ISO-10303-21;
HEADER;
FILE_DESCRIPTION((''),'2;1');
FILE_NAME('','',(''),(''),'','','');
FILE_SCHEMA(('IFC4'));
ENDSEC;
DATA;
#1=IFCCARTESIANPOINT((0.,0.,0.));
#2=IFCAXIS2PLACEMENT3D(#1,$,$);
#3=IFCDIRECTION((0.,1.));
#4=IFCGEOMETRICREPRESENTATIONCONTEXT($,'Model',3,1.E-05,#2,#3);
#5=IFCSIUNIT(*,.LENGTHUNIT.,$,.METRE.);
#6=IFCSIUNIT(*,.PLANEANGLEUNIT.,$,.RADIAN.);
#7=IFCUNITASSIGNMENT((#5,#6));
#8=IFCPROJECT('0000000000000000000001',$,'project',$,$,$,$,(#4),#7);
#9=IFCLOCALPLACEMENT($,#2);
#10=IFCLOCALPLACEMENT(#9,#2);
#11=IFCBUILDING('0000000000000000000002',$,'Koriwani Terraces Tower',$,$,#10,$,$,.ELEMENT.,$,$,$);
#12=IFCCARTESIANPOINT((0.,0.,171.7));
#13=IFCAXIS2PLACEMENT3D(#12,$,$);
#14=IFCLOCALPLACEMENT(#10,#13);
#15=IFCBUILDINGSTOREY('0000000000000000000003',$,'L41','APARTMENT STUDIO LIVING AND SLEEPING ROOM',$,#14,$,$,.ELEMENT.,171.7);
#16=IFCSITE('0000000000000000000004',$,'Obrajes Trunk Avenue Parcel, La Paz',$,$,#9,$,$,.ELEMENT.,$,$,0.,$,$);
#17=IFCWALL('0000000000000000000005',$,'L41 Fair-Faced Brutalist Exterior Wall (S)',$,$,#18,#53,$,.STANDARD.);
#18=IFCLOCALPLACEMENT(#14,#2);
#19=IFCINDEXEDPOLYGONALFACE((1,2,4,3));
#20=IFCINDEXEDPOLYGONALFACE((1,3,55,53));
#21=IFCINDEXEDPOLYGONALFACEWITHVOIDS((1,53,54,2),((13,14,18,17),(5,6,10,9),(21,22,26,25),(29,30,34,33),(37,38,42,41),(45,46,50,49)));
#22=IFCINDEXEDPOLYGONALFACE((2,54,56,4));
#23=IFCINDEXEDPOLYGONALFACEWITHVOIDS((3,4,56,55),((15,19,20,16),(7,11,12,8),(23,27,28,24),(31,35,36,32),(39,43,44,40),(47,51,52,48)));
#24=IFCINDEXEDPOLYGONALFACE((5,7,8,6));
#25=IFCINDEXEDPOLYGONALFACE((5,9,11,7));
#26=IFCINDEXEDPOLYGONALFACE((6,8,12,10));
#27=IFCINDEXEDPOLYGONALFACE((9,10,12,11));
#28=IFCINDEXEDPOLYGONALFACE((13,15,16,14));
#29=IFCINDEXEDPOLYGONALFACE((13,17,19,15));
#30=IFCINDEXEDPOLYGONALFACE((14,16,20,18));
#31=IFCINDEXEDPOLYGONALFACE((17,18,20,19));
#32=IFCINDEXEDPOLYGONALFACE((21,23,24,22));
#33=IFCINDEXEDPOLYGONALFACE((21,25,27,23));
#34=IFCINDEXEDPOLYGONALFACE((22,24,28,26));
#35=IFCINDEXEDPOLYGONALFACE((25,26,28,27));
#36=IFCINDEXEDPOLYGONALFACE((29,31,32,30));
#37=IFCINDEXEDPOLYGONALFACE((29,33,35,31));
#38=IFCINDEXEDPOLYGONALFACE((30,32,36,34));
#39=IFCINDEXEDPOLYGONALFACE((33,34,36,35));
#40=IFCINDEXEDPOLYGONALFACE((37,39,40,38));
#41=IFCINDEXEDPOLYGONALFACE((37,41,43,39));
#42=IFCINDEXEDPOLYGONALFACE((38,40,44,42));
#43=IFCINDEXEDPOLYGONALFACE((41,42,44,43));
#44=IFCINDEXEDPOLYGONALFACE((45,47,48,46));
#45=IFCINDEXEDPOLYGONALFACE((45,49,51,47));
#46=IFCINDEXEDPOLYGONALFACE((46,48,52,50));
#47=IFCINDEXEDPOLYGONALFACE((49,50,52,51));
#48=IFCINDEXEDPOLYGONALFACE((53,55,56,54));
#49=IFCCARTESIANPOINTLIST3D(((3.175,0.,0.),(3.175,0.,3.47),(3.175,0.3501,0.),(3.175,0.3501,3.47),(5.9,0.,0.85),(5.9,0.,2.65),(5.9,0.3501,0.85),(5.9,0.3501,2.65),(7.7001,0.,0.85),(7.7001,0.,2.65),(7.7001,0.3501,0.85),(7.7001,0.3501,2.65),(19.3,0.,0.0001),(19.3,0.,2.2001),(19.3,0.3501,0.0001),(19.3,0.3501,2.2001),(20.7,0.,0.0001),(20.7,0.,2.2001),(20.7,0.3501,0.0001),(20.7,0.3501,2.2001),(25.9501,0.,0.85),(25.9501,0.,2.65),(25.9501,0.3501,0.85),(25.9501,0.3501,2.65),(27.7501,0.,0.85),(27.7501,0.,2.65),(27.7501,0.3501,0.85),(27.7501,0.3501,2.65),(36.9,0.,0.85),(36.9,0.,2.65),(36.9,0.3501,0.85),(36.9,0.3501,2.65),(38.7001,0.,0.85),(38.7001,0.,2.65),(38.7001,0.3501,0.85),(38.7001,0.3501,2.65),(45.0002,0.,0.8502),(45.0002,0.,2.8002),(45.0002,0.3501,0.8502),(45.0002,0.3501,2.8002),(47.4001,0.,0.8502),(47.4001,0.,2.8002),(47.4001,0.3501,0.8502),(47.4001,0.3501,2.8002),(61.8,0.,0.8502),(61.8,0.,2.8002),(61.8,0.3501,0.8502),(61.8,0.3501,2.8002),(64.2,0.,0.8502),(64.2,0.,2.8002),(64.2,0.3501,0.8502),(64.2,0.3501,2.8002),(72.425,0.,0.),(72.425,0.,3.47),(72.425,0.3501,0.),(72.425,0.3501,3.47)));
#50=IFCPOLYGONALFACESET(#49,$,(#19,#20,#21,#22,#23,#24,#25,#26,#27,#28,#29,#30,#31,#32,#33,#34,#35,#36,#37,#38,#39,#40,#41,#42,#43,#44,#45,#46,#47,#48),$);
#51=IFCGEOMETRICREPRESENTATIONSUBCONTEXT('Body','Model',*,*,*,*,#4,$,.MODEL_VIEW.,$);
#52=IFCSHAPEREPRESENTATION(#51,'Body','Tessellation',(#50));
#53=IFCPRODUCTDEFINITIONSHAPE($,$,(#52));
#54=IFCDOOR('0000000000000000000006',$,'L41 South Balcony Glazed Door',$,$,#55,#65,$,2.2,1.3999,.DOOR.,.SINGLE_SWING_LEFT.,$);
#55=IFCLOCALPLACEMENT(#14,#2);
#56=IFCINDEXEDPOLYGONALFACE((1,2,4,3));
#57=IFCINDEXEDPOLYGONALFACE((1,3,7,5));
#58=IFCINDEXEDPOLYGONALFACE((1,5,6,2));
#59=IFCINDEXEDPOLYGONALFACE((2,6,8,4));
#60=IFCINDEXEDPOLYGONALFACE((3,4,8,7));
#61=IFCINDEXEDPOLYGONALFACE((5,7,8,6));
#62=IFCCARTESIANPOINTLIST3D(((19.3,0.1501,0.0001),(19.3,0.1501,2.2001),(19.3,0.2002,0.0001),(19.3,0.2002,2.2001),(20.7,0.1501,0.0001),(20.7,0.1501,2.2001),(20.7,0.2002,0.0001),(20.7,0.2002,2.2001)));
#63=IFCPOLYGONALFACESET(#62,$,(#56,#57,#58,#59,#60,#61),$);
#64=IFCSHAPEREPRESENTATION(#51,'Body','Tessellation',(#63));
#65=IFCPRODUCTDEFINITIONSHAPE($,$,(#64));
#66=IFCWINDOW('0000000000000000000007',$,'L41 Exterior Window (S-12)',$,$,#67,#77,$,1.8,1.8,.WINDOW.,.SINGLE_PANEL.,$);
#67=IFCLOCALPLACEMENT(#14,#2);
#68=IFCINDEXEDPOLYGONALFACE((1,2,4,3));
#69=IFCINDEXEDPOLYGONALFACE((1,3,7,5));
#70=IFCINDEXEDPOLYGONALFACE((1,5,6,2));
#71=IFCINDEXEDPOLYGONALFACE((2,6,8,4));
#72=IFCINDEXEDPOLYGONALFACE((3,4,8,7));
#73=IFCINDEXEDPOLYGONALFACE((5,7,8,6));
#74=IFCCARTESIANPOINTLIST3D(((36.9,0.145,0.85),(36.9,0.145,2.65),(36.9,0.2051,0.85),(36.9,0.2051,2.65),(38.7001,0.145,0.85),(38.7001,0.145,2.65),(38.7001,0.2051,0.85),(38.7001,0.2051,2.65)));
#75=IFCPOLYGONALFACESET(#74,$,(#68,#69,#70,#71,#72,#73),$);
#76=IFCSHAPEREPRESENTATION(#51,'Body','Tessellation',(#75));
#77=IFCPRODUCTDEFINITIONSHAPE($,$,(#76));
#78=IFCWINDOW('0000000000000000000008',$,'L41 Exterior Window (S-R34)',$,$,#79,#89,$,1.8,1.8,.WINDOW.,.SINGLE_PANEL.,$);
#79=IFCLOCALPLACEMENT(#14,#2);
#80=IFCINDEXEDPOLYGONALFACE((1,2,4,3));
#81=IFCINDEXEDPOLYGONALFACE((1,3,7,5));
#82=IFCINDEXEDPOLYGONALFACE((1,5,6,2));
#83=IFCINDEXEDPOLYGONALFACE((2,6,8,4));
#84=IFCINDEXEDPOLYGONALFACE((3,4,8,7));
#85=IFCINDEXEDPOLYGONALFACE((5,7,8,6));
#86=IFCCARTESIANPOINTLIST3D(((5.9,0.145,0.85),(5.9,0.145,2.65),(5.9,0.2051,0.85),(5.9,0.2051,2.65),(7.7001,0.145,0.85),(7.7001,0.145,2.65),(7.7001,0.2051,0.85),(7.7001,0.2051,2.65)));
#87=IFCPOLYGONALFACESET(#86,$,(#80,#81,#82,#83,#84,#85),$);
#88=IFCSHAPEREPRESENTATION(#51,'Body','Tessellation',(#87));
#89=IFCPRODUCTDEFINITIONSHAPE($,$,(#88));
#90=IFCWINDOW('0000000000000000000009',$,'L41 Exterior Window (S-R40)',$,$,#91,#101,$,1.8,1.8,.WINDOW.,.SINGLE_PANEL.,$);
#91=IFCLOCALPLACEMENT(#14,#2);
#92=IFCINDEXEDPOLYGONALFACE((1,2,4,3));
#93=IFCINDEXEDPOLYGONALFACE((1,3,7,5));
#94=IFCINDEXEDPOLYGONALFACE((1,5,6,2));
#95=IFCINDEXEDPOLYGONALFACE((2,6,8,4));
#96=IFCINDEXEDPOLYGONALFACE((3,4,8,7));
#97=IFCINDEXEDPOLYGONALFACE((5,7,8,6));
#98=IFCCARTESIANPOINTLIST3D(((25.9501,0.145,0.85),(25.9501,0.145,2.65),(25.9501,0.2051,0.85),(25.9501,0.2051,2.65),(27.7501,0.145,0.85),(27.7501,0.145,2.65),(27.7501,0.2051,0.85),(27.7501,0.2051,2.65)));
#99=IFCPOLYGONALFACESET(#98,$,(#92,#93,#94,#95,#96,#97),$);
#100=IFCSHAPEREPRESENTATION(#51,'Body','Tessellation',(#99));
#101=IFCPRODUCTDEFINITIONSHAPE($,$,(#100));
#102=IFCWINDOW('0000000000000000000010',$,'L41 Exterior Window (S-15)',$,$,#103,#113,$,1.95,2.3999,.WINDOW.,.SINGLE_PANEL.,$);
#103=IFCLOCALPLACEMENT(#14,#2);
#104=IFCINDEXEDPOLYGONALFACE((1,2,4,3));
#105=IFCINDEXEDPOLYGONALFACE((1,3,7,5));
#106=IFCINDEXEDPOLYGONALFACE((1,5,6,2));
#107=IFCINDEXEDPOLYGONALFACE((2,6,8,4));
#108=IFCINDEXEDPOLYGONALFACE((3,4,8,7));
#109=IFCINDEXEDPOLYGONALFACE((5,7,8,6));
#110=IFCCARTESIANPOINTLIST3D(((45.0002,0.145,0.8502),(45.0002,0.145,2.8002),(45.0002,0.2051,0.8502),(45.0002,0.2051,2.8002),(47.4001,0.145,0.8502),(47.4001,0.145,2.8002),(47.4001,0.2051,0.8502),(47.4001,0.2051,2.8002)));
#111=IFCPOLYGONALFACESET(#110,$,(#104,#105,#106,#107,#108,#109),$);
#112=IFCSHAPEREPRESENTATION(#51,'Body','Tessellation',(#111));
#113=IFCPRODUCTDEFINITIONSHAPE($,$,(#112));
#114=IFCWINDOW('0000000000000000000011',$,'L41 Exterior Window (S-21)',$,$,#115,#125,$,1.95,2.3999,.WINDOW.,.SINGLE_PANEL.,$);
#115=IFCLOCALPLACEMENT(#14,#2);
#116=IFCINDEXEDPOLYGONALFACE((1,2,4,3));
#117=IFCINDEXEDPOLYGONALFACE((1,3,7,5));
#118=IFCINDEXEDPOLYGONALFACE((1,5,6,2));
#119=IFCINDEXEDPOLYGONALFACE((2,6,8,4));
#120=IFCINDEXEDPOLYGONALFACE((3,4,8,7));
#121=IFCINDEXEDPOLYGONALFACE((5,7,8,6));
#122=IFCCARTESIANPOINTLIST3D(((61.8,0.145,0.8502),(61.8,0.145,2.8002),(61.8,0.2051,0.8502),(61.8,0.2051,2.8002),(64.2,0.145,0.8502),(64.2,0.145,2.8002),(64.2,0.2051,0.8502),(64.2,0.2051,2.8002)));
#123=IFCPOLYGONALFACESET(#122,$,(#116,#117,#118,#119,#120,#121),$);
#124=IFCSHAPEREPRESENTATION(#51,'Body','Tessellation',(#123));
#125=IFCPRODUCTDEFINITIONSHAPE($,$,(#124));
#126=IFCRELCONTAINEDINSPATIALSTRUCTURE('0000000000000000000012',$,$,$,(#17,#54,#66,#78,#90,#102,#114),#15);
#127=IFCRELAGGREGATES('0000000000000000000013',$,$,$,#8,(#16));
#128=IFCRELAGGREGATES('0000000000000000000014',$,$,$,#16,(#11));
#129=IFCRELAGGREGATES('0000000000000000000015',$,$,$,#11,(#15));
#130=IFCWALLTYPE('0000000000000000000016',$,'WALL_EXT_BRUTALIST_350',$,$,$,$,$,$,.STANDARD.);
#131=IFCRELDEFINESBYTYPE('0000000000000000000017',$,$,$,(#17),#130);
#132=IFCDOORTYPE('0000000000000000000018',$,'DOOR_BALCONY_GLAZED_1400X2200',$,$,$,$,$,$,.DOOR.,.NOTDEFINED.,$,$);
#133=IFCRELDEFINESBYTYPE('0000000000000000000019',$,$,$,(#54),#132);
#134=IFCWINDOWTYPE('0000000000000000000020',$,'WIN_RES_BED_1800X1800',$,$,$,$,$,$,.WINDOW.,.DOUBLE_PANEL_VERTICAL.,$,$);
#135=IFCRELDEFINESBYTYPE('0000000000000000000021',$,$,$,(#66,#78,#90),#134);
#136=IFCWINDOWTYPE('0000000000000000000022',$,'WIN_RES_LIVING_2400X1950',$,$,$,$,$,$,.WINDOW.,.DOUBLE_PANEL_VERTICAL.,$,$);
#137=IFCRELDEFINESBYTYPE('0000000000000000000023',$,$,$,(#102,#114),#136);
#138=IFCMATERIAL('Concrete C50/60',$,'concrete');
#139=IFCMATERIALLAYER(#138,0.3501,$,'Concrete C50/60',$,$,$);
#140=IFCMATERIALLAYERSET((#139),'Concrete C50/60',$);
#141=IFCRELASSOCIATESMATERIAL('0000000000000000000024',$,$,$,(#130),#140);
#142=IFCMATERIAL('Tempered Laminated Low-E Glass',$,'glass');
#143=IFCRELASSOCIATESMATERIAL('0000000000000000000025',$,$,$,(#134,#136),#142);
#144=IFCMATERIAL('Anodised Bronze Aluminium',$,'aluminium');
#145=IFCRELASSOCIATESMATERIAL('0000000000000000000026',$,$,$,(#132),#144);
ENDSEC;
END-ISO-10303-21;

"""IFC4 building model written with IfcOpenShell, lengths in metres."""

from ifc_helpers import new_model, si_unit, direction, frame, frame_2d, origin, place, context, subcontext, project, spatial, rectangle, extrude, material, layer, layer_set, type_object, element, fill, save


model = new_model("IFC4")

# Units and contexts
model_context = context("Model", 3, precision=1e-05, world=origin(), true_north=direction((0.0, 1.0)))
body_context = subcontext(model_context, "Body", "Model", "MODEL_VIEW")
ifc_project = project(units=[si_unit("LENGTHUNIT", "METRE"), si_unit("PLANEANGLEUNIT", "RADIAN")], contexts=[model_context])

# Site, building, storey
site_placement = place(None, origin())
site = spatial("IfcSite", under=ifc_project, at=site_placement, Name="Obrajes Trunk Avenue Parcel, La Paz", CompositionType="ELEMENT", RefElevation=0.0)
building_placement = place(site_placement, origin())
building = spatial("IfcBuilding", under=site, at=building_placement, Name="Koriwani Terraces Tower", CompositionType="ELEMENT")
storey_placement = place(building_placement, frame((0.0, 0.0, 171.7)))
storey = spatial("IfcBuildingStorey", under=building, at=storey_placement, Name="L41", Description="APARTMENT STUDIO LIVING AND SLEEPING ROOM", CompositionType="ELEMENT", Elevation=171.7)

# Shared definitions
ifc_material_1 = material(Name="Concrete C50/60", Category="concrete")

# Shared definitions
ifc_layer_1 = layer(ifc_material_1, 0.3501, Name="Concrete C50/60")
ifc_layer_set_1 = layer_set([ifc_layer_1], Name="Concrete C50/60")
wall_type_1 = type_object("IfcWallType", Name="WALL_EXT_BRUTALIST_350", PredefinedType="STANDARD", material=ifc_layer_set_1)

# Shared definitions
ifc_material_2 = material(Name="Tempered Laminated Low-E Glass", Category="glass")
window_type_1 = type_object("IfcWindowType", Name="WIN_RES_BED_1800X1800", PartitioningType="DOUBLE_PANEL_VERTICAL", PredefinedType="WINDOW", material=ifc_material_2)

# Wall, openings, door, windows
wall_1_placement = place(storey_placement, frame((72.425, 0.175, 0.0), z_axis=(0.0, 0.0, 1.0), x_axis=(-1.0, 0.0, 0.0)))
wall_1 = element("IfcWall", 1, at=wall_1_placement, inside=storey, type_object=wall_type_1, Name="L41 Fair-Faced Brutalist Exterior Wall (S)", PredefinedType="STANDARD", context=body_context, shape_type="SweptSolid", body=[
    extrude(rectangle(XDim=69.25, YDim=0.3501, at=frame_2d((34.625, 0.0))), origin(), (0.0, 0.0, 1.0), 3.47),
])
opening_1_placement = place(wall_1_placement, frame((51.7251, 0.0, 0.0)))
opening_1 = element("IfcOpeningElement", 2, at=opening_1_placement, cuts=wall_1, PredefinedType="OPENING", context=body_context, shape_type="SweptSolid", body=[
    extrude(rectangle(XDim=1.3999, YDim=2.2, at=frame_2d((0.7, 1.1001))), frame((0.0, 0.1851, 0.0), z_axis=(0.0, -1.0, 0.0), x_axis=(1.0, 0.0, 0.0)), (0.0, 0.0, 1.0), 0.3701),
])
opening_2_placement = place(wall_1_placement, frame((33.7251, 0.0, 0.8501)))
opening_2 = element("IfcOpeningElement", 3, at=opening_2_placement, cuts=wall_1, PredefinedType="OPENING", context=body_context, shape_type="SweptSolid", body=[
    extrude(rectangle(XDim=1.8, YDim=1.8, at=frame_2d((0.8999, 0.8999))), frame((0.0, 0.1851, 0.0), z_axis=(0.0, -1.0, 0.0), x_axis=(1.0, 0.0, 0.0)), (0.0, 0.0, 1.0), 0.3701),
])
opening_3_placement = place(wall_1_placement, frame((25.0249, 0.0, 0.8501)))
opening_3 = element("IfcOpeningElement", 4, at=opening_3_placement, cuts=wall_1, PredefinedType="OPENING", context=body_context, shape_type="SweptSolid", body=[
    extrude(rectangle(XDim=2.3999, YDim=1.95, at=frame_2d((1.2, 0.9751))), frame((0.0, 0.1851, 0.0), z_axis=(0.0, -1.0, 0.0), x_axis=(1.0, 0.0, 0.0)), (0.0, 0.0, 1.0), 0.3701),
])
opening_4_placement = place(wall_1_placement, frame((8.2251, 0.0, 0.8501)))
opening_4 = element("IfcOpeningElement", 5, at=opening_4_placement, cuts=wall_1, PredefinedType="OPENING", context=body_context, shape_type="SweptSolid", body=[
    extrude(rectangle(XDim=2.3999, YDim=1.95, at=frame_2d((1.2, 0.9751))), frame((0.0, 0.1851, 0.0), z_axis=(0.0, -1.0, 0.0), x_axis=(1.0, 0.0, 0.0)), (0.0, 0.0, 1.0), 0.3701),
])
opening_5_placement = place(wall_1_placement, frame((64.7251, 0.0, 0.8501)))
opening_5 = element("IfcOpeningElement", 6, at=opening_5_placement, cuts=wall_1, PredefinedType="OPENING", context=body_context, shape_type="SweptSolid", body=[
    extrude(rectangle(XDim=1.8, YDim=1.8, at=frame_2d((0.8999, 0.8999))), frame((0.0, 0.1851, 0.0), z_axis=(0.0, -1.0, 0.0), x_axis=(1.0, 0.0, 0.0)), (0.0, 0.0, 1.0), 0.3701),
])
opening_6_placement = place(wall_1_placement, frame((44.675, 0.0, 0.8501)))
opening_6 = element("IfcOpeningElement", 7, at=opening_6_placement, cuts=wall_1, PredefinedType="OPENING", context=body_context, shape_type="SweptSolid", body=[
    extrude(rectangle(XDim=1.8, YDim=1.8, at=frame_2d((0.8999, 0.8999))), frame((0.0, 0.1851, 0.0), z_axis=(0.0, -1.0, 0.0), x_axis=(1.0, 0.0, 0.0)), (0.0, 0.0, 1.0), 0.3701),
])
ifc_material_3 = material(Name="Anodised Bronze Aluminium", Category="aluminium")
door_type = type_object("IfcDoorType", Name="DOOR_BALCONY_GLAZED_1400X2200", OperationType="NOTDEFINED", PredefinedType="DOOR", material=ifc_material_3)
door_placement = place(opening_1_placement, origin())
door = element("IfcDoor", 8, at=door_placement, inside=storey, type_object=door_type, Name="L41 South Balcony Glazed Door", OperationType="SINGLE_SWING_LEFT", OverallHeight=2.2, OverallWidth=1.3999, PredefinedType="DOOR", context=body_context, shape_type="SweptSolid", body=[
    extrude(rectangle(XDim=1.3999, YDim=2.2, at=frame_2d((0.7, 1.1001))), frame((0.0, 0.0249, 0.0), z_axis=(0.0, -1.0, 0.0), x_axis=(1.0, 0.0, 0.0)), (0.0, 0.0, 1.0), 0.05),
])
fill(opening_1, door)
window_1_placement = place(opening_2_placement, origin())
window_1 = element("IfcWindow", 9, at=window_1_placement, inside=storey, type_object=window_type_1, Name="L41 Exterior Window (S-12)", OverallHeight=1.8, OverallWidth=1.8, PartitioningType="SINGLE_PANEL", PredefinedType="WINDOW", context=body_context, shape_type="SweptSolid", body=[
    extrude(rectangle(XDim=1.8, YDim=1.8, at=frame_2d((0.8999, 0.8999))), frame((0.0, 0.03, 0.0), z_axis=(0.0, -1.0, 0.0), x_axis=(1.0, 0.0, 0.0)), (0.0, 0.0, 1.0), 0.0601),
])
fill(opening_2, window_1)
window_2_placement = place(opening_5_placement, origin())
window_2 = element("IfcWindow", 10, at=window_2_placement, inside=storey, type_object=window_type_1, Name="L41 Exterior Window (S-R34)", OverallHeight=1.8, OverallWidth=1.8, PartitioningType="SINGLE_PANEL", PredefinedType="WINDOW", context=body_context, shape_type="SweptSolid", body=[
    extrude(rectangle(XDim=1.8, YDim=1.8, at=frame_2d((0.8999, 0.8999))), frame((0.0, 0.03, 0.0), z_axis=(0.0, -1.0, 0.0), x_axis=(1.0, 0.0, 0.0)), (0.0, 0.0, 1.0), 0.0601),
])
fill(opening_5, window_2)
window_3_placement = place(opening_6_placement, origin())
window_3 = element("IfcWindow", 11, at=window_3_placement, inside=storey, type_object=window_type_1, Name="L41 Exterior Window (S-R40)", OverallHeight=1.8, OverallWidth=1.8, PartitioningType="SINGLE_PANEL", PredefinedType="WINDOW", context=body_context, shape_type="SweptSolid", body=[
    extrude(rectangle(XDim=1.8, YDim=1.8, at=frame_2d((0.8999, 0.8999))), frame((0.0, 0.03, 0.0), z_axis=(0.0, -1.0, 0.0), x_axis=(1.0, 0.0, 0.0)), (0.0, 0.0, 1.0), 0.0601),
])
fill(opening_6, window_3)
window_type_2 = type_object("IfcWindowType", Name="WIN_RES_LIVING_2400X1950", PartitioningType="DOUBLE_PANEL_VERTICAL", PredefinedType="WINDOW", material=ifc_material_2)
window_4_placement = place(opening_3_placement, origin())
window_4 = element("IfcWindow", 12, at=window_4_placement, inside=storey, type_object=window_type_2, Name="L41 Exterior Window (S-15)", OverallHeight=1.95, OverallWidth=2.3999, PartitioningType="SINGLE_PANEL", PredefinedType="WINDOW", context=body_context, shape_type="SweptSolid", body=[
    extrude(rectangle(XDim=2.3999, YDim=1.95, at=frame_2d((1.2, 0.9751))), frame((0.0, 0.03, 0.0), z_axis=(0.0, -1.0, 0.0), x_axis=(1.0, 0.0, 0.0)), (0.0, 0.0, 1.0), 0.0601),
])
fill(opening_3, window_4)
window_5_placement = place(opening_4_placement, origin())
window_5 = element("IfcWindow", 13, at=window_5_placement, inside=storey, type_object=window_type_2, Name="L41 Exterior Window (S-21)", OverallHeight=1.95, OverallWidth=2.3999, PartitioningType="SINGLE_PANEL", PredefinedType="WINDOW", context=body_context, shape_type="SweptSolid", body=[
    extrude(rectangle(XDim=2.3999, YDim=1.95, at=frame_2d((1.2, 0.9751))), frame((0.0, 0.03, 0.0), z_axis=(0.0, -1.0, 0.0), x_axis=(1.0, 0.0, 0.0)), (0.0, 0.0, 1.0), 0.0601),
])
fill(opening_4, window_5)

save(model, "model.ifc")
